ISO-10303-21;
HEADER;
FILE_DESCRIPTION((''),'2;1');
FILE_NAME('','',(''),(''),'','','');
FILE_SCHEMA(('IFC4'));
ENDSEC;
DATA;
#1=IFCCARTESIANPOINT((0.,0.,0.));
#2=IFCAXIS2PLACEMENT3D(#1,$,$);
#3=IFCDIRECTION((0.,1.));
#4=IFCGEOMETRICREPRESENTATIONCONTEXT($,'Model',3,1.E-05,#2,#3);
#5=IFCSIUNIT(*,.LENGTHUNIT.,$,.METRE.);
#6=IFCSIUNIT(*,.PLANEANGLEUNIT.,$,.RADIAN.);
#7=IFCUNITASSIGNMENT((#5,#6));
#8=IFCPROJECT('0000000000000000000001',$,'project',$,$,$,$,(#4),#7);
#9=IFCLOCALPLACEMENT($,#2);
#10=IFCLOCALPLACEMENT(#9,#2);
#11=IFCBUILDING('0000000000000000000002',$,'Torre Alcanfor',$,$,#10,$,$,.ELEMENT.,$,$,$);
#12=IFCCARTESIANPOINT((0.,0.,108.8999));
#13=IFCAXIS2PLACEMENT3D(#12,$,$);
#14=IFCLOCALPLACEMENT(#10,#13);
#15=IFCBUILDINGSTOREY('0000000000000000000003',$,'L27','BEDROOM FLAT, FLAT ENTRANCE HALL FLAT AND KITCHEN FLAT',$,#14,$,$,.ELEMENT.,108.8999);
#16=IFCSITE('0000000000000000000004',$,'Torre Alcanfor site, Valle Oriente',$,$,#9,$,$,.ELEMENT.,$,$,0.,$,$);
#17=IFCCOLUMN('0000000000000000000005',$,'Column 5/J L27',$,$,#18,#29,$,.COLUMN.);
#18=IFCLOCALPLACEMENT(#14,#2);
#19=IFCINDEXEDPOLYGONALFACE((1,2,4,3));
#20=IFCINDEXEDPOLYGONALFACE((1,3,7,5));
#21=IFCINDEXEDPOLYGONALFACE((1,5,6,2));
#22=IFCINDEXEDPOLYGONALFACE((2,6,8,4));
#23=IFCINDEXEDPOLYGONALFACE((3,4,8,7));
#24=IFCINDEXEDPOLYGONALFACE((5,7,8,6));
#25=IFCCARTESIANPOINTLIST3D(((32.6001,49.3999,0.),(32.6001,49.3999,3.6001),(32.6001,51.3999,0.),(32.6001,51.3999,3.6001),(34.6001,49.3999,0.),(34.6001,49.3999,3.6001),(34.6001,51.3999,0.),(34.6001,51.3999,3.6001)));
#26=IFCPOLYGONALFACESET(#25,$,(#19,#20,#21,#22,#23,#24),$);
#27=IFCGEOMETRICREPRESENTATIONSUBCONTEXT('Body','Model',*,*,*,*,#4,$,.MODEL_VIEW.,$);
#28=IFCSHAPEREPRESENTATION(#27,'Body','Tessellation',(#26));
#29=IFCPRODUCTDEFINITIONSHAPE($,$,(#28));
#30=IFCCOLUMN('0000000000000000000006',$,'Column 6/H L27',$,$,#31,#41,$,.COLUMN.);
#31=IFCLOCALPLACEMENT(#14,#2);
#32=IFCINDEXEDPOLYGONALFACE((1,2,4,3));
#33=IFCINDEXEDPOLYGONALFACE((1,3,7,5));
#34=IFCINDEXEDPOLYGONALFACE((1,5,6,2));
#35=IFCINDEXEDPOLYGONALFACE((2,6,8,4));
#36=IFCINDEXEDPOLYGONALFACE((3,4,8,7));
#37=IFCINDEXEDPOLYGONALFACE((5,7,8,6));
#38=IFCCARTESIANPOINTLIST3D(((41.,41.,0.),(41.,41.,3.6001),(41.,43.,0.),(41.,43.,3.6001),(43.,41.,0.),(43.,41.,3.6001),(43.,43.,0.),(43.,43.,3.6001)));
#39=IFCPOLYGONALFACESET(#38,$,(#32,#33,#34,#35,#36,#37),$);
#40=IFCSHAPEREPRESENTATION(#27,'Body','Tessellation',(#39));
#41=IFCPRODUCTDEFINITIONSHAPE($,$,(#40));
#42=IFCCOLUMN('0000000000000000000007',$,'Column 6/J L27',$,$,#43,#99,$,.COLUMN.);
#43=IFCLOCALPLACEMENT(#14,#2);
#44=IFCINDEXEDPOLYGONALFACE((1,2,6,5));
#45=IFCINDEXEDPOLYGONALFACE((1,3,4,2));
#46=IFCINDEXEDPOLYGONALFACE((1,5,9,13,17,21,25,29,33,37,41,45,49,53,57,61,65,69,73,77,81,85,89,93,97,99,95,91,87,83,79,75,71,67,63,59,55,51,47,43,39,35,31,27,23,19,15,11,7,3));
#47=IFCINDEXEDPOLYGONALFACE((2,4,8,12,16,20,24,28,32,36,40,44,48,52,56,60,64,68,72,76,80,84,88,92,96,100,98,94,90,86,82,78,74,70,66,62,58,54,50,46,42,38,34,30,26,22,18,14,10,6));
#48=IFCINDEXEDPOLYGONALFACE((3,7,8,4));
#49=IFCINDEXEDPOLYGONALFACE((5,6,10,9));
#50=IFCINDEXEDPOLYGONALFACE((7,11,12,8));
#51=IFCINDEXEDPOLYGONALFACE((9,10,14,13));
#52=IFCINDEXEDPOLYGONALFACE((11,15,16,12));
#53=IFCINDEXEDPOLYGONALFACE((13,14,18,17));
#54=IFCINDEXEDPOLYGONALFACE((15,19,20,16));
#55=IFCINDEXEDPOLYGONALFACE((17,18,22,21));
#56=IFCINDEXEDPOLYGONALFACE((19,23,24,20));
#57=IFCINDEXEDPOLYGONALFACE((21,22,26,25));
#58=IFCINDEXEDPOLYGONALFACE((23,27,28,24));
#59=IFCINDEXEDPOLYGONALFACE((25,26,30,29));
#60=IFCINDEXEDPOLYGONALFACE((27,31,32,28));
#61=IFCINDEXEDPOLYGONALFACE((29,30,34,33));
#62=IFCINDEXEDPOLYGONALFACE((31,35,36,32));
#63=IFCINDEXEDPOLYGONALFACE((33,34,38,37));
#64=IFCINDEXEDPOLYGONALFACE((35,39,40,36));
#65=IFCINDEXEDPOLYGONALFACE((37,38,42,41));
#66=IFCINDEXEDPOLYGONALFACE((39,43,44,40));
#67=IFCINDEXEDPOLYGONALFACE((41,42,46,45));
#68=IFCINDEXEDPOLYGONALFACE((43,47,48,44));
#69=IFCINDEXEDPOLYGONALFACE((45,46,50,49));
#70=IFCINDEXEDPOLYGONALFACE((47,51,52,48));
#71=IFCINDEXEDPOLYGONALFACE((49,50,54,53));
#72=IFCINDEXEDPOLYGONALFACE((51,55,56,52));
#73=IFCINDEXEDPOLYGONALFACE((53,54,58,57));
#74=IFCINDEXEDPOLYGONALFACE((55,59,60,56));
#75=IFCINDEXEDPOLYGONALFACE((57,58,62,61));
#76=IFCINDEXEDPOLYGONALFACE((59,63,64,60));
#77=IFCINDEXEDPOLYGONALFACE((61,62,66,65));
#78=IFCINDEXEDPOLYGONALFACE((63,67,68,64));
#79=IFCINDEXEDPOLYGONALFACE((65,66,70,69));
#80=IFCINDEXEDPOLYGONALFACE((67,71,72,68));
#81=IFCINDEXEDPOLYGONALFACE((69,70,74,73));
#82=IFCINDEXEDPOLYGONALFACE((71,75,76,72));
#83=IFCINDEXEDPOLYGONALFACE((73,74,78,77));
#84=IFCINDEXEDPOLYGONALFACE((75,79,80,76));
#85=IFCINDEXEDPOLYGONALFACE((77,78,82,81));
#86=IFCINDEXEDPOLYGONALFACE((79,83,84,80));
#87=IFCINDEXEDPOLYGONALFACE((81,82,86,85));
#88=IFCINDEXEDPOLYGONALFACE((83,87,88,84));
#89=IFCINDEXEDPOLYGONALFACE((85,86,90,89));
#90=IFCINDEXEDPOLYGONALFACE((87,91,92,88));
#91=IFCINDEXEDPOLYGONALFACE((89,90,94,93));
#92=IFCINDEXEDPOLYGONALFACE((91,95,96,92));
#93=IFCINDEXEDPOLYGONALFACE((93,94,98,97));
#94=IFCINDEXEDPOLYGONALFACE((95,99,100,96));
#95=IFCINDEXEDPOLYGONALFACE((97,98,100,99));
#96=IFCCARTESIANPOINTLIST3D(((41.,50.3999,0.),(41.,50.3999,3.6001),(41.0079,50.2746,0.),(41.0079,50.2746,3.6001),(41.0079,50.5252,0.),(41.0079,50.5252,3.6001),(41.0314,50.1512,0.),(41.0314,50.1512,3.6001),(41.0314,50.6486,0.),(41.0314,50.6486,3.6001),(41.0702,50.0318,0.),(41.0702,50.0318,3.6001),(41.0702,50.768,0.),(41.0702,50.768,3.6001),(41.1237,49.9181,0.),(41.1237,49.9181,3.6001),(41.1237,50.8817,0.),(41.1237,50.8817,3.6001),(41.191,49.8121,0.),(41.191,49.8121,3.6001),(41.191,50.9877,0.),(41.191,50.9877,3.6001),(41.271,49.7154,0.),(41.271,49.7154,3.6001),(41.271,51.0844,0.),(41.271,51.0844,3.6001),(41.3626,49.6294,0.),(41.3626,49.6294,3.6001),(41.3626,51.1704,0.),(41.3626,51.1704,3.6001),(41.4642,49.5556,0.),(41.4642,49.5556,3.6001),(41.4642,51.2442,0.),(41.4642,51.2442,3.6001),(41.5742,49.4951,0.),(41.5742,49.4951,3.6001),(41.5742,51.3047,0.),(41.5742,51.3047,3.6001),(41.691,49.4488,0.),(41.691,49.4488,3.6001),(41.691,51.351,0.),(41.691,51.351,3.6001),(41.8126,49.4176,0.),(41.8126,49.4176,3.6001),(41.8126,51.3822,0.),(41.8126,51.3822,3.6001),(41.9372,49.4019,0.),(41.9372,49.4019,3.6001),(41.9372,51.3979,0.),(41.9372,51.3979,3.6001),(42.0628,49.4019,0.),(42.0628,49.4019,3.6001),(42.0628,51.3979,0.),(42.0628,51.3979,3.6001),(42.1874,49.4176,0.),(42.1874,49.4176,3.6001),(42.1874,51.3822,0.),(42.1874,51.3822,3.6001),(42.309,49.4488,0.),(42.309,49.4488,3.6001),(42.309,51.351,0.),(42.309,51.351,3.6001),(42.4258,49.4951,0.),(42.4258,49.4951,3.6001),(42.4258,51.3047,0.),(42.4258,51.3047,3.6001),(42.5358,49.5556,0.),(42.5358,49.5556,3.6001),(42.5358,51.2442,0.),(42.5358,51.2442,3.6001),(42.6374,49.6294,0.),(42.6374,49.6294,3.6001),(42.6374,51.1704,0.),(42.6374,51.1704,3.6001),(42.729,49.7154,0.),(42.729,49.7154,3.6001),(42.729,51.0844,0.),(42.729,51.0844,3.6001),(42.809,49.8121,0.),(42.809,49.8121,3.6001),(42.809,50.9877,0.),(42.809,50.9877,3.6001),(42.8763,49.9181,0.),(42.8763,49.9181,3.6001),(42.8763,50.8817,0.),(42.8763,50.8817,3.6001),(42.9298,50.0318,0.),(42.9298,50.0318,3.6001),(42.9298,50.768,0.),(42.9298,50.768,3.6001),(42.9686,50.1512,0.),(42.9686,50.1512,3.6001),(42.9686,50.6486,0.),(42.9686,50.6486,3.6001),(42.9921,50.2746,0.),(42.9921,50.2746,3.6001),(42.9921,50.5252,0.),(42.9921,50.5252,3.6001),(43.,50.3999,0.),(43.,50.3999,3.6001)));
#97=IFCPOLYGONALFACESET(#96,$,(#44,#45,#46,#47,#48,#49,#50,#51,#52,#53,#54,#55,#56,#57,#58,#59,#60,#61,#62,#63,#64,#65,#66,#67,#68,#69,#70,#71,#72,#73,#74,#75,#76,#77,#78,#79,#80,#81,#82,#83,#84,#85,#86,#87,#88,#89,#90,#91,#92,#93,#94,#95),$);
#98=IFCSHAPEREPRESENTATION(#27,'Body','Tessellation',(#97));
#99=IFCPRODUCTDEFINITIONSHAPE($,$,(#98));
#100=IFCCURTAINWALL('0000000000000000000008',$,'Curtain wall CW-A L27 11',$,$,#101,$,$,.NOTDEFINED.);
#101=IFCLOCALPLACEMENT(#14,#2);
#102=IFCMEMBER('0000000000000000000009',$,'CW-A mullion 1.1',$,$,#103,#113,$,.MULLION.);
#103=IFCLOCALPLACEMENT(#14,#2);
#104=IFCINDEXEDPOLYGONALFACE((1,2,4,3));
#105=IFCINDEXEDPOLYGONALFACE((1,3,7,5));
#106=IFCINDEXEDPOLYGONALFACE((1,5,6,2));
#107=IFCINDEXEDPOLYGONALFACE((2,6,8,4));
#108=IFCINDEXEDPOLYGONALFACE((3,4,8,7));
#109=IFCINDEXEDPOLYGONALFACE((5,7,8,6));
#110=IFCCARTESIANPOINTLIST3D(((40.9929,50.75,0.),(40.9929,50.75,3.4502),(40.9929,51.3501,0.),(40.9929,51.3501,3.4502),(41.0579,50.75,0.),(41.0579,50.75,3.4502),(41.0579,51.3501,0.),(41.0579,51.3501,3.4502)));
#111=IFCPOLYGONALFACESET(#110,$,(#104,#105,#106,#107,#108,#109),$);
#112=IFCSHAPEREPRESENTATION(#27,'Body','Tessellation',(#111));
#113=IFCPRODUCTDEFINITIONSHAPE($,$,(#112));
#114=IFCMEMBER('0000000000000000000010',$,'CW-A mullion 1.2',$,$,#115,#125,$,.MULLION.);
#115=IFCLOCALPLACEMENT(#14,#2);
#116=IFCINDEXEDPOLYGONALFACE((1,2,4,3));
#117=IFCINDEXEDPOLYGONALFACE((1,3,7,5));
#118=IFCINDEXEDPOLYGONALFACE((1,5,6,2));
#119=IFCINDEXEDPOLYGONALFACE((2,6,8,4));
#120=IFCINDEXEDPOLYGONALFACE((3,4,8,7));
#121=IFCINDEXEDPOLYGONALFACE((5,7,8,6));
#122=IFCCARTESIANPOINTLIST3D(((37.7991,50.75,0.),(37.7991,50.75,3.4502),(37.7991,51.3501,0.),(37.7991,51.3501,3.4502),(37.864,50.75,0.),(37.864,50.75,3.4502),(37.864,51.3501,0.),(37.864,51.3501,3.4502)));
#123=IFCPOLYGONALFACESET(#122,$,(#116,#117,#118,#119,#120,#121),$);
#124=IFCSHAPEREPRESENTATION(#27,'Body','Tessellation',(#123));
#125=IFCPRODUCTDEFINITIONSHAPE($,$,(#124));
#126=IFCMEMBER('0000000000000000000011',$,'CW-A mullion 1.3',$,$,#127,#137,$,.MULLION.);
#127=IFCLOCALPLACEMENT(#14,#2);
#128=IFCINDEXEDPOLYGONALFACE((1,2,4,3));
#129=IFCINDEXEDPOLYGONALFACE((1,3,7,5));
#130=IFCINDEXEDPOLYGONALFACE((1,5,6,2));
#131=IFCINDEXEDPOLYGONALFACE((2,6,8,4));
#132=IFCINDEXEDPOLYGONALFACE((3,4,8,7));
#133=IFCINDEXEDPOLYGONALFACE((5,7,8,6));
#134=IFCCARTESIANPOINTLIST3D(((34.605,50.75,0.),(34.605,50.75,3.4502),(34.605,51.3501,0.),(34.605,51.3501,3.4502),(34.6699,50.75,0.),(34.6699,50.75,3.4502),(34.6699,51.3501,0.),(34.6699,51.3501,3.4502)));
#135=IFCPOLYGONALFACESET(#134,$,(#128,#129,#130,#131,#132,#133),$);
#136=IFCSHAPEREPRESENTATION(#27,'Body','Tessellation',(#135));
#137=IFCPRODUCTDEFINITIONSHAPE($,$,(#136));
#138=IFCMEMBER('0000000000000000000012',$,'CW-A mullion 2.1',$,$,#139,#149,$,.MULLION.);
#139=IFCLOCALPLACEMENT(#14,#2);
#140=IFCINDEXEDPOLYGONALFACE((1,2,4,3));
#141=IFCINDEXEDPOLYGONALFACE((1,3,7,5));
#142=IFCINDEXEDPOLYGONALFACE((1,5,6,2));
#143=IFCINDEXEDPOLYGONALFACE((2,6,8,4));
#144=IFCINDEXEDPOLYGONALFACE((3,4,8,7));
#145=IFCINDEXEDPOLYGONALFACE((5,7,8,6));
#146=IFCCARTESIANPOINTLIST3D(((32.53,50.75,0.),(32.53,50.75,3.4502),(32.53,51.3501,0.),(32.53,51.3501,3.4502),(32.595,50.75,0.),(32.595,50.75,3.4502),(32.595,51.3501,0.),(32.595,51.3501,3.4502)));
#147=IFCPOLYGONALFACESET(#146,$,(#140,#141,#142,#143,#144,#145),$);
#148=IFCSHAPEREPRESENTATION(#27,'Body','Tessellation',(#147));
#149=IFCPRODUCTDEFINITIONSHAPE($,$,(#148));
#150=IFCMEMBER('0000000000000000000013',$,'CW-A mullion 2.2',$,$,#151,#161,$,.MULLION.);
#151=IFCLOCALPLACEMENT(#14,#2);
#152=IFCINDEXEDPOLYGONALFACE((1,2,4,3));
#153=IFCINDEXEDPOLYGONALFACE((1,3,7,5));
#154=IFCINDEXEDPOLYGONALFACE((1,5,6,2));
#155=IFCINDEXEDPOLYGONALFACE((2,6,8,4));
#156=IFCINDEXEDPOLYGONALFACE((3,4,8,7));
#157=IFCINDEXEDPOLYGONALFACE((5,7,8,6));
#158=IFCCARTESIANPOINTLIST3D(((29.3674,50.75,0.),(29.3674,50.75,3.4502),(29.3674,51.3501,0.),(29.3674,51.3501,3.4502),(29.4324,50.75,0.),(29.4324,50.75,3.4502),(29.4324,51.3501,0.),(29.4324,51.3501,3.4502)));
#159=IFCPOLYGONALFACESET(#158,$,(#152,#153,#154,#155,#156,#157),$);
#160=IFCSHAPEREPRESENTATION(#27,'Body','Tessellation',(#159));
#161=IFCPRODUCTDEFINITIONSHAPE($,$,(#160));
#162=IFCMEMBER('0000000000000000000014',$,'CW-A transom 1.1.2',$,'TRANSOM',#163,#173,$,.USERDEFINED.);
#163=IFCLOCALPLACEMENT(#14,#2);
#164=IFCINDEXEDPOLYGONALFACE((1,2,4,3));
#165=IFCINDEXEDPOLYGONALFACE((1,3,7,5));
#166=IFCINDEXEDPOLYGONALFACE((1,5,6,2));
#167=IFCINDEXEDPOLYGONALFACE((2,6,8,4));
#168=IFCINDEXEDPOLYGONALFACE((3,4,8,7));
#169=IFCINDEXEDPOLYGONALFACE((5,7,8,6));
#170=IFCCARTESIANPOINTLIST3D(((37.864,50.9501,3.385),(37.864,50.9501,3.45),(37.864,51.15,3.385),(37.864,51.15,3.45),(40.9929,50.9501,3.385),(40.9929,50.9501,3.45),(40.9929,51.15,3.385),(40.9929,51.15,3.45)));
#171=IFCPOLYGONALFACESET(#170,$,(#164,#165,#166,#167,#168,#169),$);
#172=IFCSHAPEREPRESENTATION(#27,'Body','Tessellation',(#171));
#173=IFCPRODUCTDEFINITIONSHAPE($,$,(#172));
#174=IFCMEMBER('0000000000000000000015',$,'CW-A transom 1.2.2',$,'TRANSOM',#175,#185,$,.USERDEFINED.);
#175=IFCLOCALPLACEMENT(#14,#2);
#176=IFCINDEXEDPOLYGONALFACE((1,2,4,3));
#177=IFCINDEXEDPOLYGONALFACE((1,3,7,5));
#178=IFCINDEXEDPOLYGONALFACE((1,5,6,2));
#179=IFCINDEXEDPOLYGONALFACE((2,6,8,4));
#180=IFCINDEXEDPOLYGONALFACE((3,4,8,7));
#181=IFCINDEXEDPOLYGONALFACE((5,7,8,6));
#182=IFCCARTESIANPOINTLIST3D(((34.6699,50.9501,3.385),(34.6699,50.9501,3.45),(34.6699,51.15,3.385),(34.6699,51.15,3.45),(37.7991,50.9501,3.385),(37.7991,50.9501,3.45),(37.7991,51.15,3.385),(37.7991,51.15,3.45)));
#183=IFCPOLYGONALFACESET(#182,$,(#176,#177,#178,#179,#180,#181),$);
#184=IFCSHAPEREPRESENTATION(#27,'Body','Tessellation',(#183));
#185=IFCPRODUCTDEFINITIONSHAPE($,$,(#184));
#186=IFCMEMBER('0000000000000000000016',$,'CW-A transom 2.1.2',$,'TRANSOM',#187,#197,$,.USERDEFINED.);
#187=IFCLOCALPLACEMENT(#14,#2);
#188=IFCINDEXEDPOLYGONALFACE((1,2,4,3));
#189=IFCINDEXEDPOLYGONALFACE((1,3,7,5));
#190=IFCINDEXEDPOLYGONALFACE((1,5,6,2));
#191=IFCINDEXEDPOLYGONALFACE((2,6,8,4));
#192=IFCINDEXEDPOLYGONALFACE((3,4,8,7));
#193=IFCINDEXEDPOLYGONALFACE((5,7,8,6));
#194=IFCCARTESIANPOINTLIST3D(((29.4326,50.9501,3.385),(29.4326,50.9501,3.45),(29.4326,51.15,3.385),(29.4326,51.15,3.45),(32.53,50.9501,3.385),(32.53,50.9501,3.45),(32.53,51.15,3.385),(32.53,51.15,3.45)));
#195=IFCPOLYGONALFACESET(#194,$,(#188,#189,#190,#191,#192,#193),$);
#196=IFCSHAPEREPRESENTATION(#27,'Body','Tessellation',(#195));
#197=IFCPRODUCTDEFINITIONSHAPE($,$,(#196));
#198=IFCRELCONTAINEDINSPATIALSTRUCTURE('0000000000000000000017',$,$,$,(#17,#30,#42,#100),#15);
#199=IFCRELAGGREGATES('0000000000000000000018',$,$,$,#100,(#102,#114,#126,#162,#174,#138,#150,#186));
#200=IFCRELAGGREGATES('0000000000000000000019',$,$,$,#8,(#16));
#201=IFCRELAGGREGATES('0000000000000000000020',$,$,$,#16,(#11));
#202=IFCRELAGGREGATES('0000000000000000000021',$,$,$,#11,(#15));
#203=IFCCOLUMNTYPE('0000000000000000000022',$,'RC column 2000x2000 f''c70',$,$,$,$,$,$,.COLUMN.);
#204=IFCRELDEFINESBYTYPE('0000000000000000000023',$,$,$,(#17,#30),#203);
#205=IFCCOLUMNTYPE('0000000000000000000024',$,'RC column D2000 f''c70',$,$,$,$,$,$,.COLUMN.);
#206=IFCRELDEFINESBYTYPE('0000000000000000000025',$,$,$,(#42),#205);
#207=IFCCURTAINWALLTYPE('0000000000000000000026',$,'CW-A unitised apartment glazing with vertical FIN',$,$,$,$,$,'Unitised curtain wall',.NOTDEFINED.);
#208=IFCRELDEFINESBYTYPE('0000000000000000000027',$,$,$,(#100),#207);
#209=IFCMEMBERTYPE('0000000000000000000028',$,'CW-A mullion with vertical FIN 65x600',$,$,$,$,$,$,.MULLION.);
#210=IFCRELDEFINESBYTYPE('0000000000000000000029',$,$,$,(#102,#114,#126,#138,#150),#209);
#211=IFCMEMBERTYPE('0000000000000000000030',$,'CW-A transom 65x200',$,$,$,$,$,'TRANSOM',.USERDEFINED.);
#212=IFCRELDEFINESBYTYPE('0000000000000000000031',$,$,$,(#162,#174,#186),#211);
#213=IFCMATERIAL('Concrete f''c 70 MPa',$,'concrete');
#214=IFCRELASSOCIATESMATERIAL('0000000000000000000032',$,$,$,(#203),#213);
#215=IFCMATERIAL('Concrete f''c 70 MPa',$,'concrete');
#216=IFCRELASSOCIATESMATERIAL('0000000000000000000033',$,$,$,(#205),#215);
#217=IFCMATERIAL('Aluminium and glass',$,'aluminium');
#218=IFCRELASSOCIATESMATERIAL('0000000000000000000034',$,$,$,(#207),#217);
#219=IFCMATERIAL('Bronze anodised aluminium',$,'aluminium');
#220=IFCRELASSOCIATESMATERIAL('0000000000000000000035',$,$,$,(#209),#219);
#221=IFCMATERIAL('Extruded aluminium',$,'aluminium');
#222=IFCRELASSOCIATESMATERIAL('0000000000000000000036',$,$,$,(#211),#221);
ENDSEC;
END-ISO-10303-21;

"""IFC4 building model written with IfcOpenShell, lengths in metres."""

from ifc_helpers import new_model, si_unit, direction, frame, origin, origin_2d, place, context, subcontext, project, spatial, rectangle, circle, extrude, material, material_profile, profile_set, type_object, element, aggregate, save


model = new_model("IFC4")

# Units and contexts
model_context = context("Model", 3, precision=1e-05, world=origin(), true_north=direction((0.0, 1.0)))
body_context = subcontext(model_context, "Body", "Model", "MODEL_VIEW")
ifc_project = project(units=[si_unit("LENGTHUNIT", "METRE"), si_unit("PLANEANGLEUNIT", "RADIAN")], contexts=[model_context])

# Site, building, storey
site_placement = place(None, origin())
site = spatial("IfcSite", under=ifc_project, at=site_placement, Name="Torre Alcanfor site, Valle Oriente", CompositionType="ELEMENT", RefElevation=0.0)
building_placement = place(site_placement, origin())
building = spatial("IfcBuilding", under=site, at=building_placement, Name="Torre Alcanfor", CompositionType="ELEMENT")
storey_placement = place(building_placement, frame((0.0, 0.0, 108.8999)))
storey = spatial("IfcBuildingStorey", under=building, at=storey_placement, Name="L27", Description="BEDROOM FLAT, FLAT ENTRANCE HALL FLAT AND KITCHEN FLAT", CompositionType="ELEMENT", Elevation=108.8999)

# Columns
ifc_material_1 = material(Name="Concrete f'c 70 MPa", Category="concrete")
ifc_material_profile_1 = material_profile(ifc_material_1, rectangle(XDim=2.0, YDim=2.0, at=origin_2d()), Name="2000x2000")
ifc_profile_set_1 = profile_set([ifc_material_profile_1], Name="Concrete f'c 70 MPa")
column_type_1 = type_object("IfcColumnType", Name="RC column 2000x2000 f'c70", PredefinedType="COLUMN", material=ifc_profile_set_1)
for number, where, z_axis, x_axis, name in (
    (1, (33.6001, 50.3999, 0.0), (0.0, 0.0, 1.0), (1.0, 0.0, 0.0), "Column 5/J L27"),
    (2, (42.0, 42.0, 0.0), (0.0, 0.0, 1.0), (1.0, 0.0, 0.0), "Column 6/H L27"),
):
    element("IfcColumn", number, at=place(storey_placement, frame(where, z_axis=z_axis, x_axis=x_axis)), inside=storey, type_object=column_type_1, Name=name, PredefinedType="COLUMN", context=body_context, shape_type="SweptSolid", body=[
        extrude(rectangle(XDim=2.0, YDim=2.0, at=origin_2d()), origin(), (0.0, 0.0, 1.0), 3.6001),
    ])
ifc_material_2 = material(Name="Concrete f'c 70 MPa", Category="concrete")
ifc_material_profile_2 = material_profile(ifc_material_2, circle(Radius=1.0, at=origin_2d()), Name="D2000")
ifc_profile_set_2 = profile_set([ifc_material_profile_2], Name="Concrete f'c 70 MPa")
column_type_2 = type_object("IfcColumnType", Name="RC column D2000 f'c70", PredefinedType="COLUMN", material=ifc_profile_set_2)
column_placement = place(storey_placement, frame((42.0, 50.3999, 0.0), z_axis=(0.0, 0.0, 1.0), x_axis=(1.0, 0.0, 0.0)))
element("IfcColumn", 3, at=column_placement, inside=storey, type_object=column_type_2, Name="Column 6/J L27", PredefinedType="COLUMN", context=body_context, shape_type="SweptSolid", body=[
    extrude(circle(Radius=1.0, at=origin_2d()), origin(), (0.0, 0.0, 1.0), 3.6001),
])

# Curtain wall, members
ifc_material_3 = material(Name="Aluminium and glass", Category="aluminium")
curtain_wall_type = type_object("IfcCurtainWallType", Name="CW-A unitised apartment glazing with vertical FIN", ElementType="Unitised curtain wall", PredefinedType="NOTDEFINED", material=ifc_material_3)
curtain_wall_placement = place(storey_placement, origin())
curtain_wall = element("IfcCurtainWall", 4, at=curtain_wall_placement, inside=storey, type_object=curtain_wall_type, Name="Curtain wall CW-A L27 11", PredefinedType="NOTDEFINED")
ifc_material_4 = material(Name="Bronze anodised aluminium", Category="aluminium")
ifc_material_profile_3 = material_profile(ifc_material_4, rectangle(XDim=0.6001, YDim=0.0649, at=origin_2d()), Name="CW-A mullion 65x600")
ifc_profile_set_3 = profile_set([ifc_material_profile_3], Name="Bronze anodised aluminium")
member_type_1 = type_object("IfcMemberType", Name="CW-A mullion with vertical FIN 65x600", PredefinedType="MULLION", material=ifc_profile_set_3)
member_1_placement = place(storey_placement, frame((41.0254, 51.05, 0.0), z_axis=(0.0, 0.0, 1.0), x_axis=(0.0, -1.0, 0.0)))
member_1 = element("IfcMember", 5, at=member_1_placement, type_object=member_type_1, Name="CW-A mullion 1.1", PredefinedType="MULLION", context=body_context, shape_type="SweptSolid", body=[
    extrude(rectangle(XDim=0.6001, YDim=0.0649, at=origin_2d()), origin(), (0.0, 0.0, 1.0), 3.4502),
])
member_2_placement = place(storey_placement, frame((37.8315, 51.05, 0.0), z_axis=(0.0, 0.0, 1.0), x_axis=(0.0, -1.0, 0.0)))
member_2 = element("IfcMember", 6, at=member_2_placement, type_object=member_type_1, Name="CW-A mullion 1.2", PredefinedType="MULLION", context=body_context, shape_type="SweptSolid", body=[
    extrude(rectangle(XDim=0.6001, YDim=0.0649, at=origin_2d()), origin(), (0.0, 0.0, 1.0), 3.4502),
])
member_3_placement = place(storey_placement, frame((34.6375, 51.05, 0.0), z_axis=(0.0, 0.0, 1.0), x_axis=(0.0, -1.0, 0.0)))
member_3 = element("IfcMember", 7, at=member_3_placement, type_object=member_type_1, Name="CW-A mullion 1.3", PredefinedType="MULLION", context=body_context, shape_type="SweptSolid", body=[
    extrude(rectangle(XDim=0.6001, YDim=0.0649, at=origin_2d()), origin(), (0.0, 0.0, 1.0), 3.4502),
])
member_4_placement = place(storey_placement, frame((32.5625, 51.05, 0.0), z_axis=(0.0, 0.0, 1.0), x_axis=(0.0, -1.0, 0.0)))
member_4 = element("IfcMember", 8, at=member_4_placement, type_object=member_type_1, Name="CW-A mullion 2.1", PredefinedType="MULLION", context=body_context, shape_type="SweptSolid", body=[
    extrude(rectangle(XDim=0.6001, YDim=0.0649, at=origin_2d()), origin(), (0.0, 0.0, 1.0), 3.4502),
])
member_5_placement = place(storey_placement, frame((29.3999, 51.05, 0.0), z_axis=(0.0, 0.0, 1.0), x_axis=(0.0, -1.0, 0.0)))
member_5 = element("IfcMember", 9, at=member_5_placement, type_object=member_type_1, Name="CW-A mullion 2.2", PredefinedType="MULLION", context=body_context, shape_type="SweptSolid", body=[
    extrude(rectangle(XDim=0.6001, YDim=0.0649, at=origin_2d()), origin(), (0.0, 0.0, 1.0), 3.4502),
])
ifc_material_5 = material(Name="Extruded aluminium", Category="aluminium")
ifc_material_profile_4 = material_profile(ifc_material_5, rectangle(XDim=0.2, YDim=0.0649, at=origin_2d()), Name="CW-A transom 200x65")
ifc_profile_set_4 = profile_set([ifc_material_profile_4], Name="Extruded aluminium")
member_type_2 = type_object("IfcMemberType", Name="CW-A transom 65x200", ElementType="TRANSOM", PredefinedType="USERDEFINED", material=ifc_profile_set_4)
member_6_placement = place(storey_placement, frame((40.9929, 51.05, 3.4175), z_axis=(-1.0, 0.0, 0.0), x_axis=(0.0, -1.0, 0.0)))
member_6 = element("IfcMember", 10, at=member_6_placement, type_object=member_type_2, Name="CW-A transom 1.1.2", ObjectType="TRANSOM", PredefinedType="USERDEFINED", context=body_context, shape_type="SweptSolid", body=[
    extrude(rectangle(XDim=0.2, YDim=0.0649, at=origin_2d()), origin(), (0.0, 0.0, 1.0), 3.1289),
])
member_7_placement = place(storey_placement, frame((37.7991, 51.05, 3.4175), z_axis=(-1.0, 0.0, 0.0), x_axis=(0.0, -1.0, 0.0)))
member_7 = element("IfcMember", 11, at=member_7_placement, type_object=member_type_2, Name="CW-A transom 1.2.2", ObjectType="TRANSOM", PredefinedType="USERDEFINED", context=body_context, shape_type="SweptSolid", body=[
    extrude(rectangle(XDim=0.2, YDim=0.0649, at=origin_2d()), origin(), (0.0, 0.0, 1.0), 3.1292),
])
member_8_placement = place(storey_placement, frame((32.53, 51.05, 3.4175), z_axis=(-1.0, 0.0, 0.0), x_axis=(0.0, -1.0, 0.0)))
member_8 = element("IfcMember", 12, at=member_8_placement, type_object=member_type_2, Name="CW-A transom 2.1.2", ObjectType="TRANSOM", PredefinedType="USERDEFINED", context=body_context, shape_type="SweptSolid", body=[
    extrude(rectangle(XDim=0.2, YDim=0.0649, at=origin_2d()), origin(), (0.0, 0.0, 1.0), 3.0974),
])

aggregate(curtain_wall, [member_1, member_2, member_3, member_6, member_7, member_4, member_5, member_8])

save(model, "model.ifc")
